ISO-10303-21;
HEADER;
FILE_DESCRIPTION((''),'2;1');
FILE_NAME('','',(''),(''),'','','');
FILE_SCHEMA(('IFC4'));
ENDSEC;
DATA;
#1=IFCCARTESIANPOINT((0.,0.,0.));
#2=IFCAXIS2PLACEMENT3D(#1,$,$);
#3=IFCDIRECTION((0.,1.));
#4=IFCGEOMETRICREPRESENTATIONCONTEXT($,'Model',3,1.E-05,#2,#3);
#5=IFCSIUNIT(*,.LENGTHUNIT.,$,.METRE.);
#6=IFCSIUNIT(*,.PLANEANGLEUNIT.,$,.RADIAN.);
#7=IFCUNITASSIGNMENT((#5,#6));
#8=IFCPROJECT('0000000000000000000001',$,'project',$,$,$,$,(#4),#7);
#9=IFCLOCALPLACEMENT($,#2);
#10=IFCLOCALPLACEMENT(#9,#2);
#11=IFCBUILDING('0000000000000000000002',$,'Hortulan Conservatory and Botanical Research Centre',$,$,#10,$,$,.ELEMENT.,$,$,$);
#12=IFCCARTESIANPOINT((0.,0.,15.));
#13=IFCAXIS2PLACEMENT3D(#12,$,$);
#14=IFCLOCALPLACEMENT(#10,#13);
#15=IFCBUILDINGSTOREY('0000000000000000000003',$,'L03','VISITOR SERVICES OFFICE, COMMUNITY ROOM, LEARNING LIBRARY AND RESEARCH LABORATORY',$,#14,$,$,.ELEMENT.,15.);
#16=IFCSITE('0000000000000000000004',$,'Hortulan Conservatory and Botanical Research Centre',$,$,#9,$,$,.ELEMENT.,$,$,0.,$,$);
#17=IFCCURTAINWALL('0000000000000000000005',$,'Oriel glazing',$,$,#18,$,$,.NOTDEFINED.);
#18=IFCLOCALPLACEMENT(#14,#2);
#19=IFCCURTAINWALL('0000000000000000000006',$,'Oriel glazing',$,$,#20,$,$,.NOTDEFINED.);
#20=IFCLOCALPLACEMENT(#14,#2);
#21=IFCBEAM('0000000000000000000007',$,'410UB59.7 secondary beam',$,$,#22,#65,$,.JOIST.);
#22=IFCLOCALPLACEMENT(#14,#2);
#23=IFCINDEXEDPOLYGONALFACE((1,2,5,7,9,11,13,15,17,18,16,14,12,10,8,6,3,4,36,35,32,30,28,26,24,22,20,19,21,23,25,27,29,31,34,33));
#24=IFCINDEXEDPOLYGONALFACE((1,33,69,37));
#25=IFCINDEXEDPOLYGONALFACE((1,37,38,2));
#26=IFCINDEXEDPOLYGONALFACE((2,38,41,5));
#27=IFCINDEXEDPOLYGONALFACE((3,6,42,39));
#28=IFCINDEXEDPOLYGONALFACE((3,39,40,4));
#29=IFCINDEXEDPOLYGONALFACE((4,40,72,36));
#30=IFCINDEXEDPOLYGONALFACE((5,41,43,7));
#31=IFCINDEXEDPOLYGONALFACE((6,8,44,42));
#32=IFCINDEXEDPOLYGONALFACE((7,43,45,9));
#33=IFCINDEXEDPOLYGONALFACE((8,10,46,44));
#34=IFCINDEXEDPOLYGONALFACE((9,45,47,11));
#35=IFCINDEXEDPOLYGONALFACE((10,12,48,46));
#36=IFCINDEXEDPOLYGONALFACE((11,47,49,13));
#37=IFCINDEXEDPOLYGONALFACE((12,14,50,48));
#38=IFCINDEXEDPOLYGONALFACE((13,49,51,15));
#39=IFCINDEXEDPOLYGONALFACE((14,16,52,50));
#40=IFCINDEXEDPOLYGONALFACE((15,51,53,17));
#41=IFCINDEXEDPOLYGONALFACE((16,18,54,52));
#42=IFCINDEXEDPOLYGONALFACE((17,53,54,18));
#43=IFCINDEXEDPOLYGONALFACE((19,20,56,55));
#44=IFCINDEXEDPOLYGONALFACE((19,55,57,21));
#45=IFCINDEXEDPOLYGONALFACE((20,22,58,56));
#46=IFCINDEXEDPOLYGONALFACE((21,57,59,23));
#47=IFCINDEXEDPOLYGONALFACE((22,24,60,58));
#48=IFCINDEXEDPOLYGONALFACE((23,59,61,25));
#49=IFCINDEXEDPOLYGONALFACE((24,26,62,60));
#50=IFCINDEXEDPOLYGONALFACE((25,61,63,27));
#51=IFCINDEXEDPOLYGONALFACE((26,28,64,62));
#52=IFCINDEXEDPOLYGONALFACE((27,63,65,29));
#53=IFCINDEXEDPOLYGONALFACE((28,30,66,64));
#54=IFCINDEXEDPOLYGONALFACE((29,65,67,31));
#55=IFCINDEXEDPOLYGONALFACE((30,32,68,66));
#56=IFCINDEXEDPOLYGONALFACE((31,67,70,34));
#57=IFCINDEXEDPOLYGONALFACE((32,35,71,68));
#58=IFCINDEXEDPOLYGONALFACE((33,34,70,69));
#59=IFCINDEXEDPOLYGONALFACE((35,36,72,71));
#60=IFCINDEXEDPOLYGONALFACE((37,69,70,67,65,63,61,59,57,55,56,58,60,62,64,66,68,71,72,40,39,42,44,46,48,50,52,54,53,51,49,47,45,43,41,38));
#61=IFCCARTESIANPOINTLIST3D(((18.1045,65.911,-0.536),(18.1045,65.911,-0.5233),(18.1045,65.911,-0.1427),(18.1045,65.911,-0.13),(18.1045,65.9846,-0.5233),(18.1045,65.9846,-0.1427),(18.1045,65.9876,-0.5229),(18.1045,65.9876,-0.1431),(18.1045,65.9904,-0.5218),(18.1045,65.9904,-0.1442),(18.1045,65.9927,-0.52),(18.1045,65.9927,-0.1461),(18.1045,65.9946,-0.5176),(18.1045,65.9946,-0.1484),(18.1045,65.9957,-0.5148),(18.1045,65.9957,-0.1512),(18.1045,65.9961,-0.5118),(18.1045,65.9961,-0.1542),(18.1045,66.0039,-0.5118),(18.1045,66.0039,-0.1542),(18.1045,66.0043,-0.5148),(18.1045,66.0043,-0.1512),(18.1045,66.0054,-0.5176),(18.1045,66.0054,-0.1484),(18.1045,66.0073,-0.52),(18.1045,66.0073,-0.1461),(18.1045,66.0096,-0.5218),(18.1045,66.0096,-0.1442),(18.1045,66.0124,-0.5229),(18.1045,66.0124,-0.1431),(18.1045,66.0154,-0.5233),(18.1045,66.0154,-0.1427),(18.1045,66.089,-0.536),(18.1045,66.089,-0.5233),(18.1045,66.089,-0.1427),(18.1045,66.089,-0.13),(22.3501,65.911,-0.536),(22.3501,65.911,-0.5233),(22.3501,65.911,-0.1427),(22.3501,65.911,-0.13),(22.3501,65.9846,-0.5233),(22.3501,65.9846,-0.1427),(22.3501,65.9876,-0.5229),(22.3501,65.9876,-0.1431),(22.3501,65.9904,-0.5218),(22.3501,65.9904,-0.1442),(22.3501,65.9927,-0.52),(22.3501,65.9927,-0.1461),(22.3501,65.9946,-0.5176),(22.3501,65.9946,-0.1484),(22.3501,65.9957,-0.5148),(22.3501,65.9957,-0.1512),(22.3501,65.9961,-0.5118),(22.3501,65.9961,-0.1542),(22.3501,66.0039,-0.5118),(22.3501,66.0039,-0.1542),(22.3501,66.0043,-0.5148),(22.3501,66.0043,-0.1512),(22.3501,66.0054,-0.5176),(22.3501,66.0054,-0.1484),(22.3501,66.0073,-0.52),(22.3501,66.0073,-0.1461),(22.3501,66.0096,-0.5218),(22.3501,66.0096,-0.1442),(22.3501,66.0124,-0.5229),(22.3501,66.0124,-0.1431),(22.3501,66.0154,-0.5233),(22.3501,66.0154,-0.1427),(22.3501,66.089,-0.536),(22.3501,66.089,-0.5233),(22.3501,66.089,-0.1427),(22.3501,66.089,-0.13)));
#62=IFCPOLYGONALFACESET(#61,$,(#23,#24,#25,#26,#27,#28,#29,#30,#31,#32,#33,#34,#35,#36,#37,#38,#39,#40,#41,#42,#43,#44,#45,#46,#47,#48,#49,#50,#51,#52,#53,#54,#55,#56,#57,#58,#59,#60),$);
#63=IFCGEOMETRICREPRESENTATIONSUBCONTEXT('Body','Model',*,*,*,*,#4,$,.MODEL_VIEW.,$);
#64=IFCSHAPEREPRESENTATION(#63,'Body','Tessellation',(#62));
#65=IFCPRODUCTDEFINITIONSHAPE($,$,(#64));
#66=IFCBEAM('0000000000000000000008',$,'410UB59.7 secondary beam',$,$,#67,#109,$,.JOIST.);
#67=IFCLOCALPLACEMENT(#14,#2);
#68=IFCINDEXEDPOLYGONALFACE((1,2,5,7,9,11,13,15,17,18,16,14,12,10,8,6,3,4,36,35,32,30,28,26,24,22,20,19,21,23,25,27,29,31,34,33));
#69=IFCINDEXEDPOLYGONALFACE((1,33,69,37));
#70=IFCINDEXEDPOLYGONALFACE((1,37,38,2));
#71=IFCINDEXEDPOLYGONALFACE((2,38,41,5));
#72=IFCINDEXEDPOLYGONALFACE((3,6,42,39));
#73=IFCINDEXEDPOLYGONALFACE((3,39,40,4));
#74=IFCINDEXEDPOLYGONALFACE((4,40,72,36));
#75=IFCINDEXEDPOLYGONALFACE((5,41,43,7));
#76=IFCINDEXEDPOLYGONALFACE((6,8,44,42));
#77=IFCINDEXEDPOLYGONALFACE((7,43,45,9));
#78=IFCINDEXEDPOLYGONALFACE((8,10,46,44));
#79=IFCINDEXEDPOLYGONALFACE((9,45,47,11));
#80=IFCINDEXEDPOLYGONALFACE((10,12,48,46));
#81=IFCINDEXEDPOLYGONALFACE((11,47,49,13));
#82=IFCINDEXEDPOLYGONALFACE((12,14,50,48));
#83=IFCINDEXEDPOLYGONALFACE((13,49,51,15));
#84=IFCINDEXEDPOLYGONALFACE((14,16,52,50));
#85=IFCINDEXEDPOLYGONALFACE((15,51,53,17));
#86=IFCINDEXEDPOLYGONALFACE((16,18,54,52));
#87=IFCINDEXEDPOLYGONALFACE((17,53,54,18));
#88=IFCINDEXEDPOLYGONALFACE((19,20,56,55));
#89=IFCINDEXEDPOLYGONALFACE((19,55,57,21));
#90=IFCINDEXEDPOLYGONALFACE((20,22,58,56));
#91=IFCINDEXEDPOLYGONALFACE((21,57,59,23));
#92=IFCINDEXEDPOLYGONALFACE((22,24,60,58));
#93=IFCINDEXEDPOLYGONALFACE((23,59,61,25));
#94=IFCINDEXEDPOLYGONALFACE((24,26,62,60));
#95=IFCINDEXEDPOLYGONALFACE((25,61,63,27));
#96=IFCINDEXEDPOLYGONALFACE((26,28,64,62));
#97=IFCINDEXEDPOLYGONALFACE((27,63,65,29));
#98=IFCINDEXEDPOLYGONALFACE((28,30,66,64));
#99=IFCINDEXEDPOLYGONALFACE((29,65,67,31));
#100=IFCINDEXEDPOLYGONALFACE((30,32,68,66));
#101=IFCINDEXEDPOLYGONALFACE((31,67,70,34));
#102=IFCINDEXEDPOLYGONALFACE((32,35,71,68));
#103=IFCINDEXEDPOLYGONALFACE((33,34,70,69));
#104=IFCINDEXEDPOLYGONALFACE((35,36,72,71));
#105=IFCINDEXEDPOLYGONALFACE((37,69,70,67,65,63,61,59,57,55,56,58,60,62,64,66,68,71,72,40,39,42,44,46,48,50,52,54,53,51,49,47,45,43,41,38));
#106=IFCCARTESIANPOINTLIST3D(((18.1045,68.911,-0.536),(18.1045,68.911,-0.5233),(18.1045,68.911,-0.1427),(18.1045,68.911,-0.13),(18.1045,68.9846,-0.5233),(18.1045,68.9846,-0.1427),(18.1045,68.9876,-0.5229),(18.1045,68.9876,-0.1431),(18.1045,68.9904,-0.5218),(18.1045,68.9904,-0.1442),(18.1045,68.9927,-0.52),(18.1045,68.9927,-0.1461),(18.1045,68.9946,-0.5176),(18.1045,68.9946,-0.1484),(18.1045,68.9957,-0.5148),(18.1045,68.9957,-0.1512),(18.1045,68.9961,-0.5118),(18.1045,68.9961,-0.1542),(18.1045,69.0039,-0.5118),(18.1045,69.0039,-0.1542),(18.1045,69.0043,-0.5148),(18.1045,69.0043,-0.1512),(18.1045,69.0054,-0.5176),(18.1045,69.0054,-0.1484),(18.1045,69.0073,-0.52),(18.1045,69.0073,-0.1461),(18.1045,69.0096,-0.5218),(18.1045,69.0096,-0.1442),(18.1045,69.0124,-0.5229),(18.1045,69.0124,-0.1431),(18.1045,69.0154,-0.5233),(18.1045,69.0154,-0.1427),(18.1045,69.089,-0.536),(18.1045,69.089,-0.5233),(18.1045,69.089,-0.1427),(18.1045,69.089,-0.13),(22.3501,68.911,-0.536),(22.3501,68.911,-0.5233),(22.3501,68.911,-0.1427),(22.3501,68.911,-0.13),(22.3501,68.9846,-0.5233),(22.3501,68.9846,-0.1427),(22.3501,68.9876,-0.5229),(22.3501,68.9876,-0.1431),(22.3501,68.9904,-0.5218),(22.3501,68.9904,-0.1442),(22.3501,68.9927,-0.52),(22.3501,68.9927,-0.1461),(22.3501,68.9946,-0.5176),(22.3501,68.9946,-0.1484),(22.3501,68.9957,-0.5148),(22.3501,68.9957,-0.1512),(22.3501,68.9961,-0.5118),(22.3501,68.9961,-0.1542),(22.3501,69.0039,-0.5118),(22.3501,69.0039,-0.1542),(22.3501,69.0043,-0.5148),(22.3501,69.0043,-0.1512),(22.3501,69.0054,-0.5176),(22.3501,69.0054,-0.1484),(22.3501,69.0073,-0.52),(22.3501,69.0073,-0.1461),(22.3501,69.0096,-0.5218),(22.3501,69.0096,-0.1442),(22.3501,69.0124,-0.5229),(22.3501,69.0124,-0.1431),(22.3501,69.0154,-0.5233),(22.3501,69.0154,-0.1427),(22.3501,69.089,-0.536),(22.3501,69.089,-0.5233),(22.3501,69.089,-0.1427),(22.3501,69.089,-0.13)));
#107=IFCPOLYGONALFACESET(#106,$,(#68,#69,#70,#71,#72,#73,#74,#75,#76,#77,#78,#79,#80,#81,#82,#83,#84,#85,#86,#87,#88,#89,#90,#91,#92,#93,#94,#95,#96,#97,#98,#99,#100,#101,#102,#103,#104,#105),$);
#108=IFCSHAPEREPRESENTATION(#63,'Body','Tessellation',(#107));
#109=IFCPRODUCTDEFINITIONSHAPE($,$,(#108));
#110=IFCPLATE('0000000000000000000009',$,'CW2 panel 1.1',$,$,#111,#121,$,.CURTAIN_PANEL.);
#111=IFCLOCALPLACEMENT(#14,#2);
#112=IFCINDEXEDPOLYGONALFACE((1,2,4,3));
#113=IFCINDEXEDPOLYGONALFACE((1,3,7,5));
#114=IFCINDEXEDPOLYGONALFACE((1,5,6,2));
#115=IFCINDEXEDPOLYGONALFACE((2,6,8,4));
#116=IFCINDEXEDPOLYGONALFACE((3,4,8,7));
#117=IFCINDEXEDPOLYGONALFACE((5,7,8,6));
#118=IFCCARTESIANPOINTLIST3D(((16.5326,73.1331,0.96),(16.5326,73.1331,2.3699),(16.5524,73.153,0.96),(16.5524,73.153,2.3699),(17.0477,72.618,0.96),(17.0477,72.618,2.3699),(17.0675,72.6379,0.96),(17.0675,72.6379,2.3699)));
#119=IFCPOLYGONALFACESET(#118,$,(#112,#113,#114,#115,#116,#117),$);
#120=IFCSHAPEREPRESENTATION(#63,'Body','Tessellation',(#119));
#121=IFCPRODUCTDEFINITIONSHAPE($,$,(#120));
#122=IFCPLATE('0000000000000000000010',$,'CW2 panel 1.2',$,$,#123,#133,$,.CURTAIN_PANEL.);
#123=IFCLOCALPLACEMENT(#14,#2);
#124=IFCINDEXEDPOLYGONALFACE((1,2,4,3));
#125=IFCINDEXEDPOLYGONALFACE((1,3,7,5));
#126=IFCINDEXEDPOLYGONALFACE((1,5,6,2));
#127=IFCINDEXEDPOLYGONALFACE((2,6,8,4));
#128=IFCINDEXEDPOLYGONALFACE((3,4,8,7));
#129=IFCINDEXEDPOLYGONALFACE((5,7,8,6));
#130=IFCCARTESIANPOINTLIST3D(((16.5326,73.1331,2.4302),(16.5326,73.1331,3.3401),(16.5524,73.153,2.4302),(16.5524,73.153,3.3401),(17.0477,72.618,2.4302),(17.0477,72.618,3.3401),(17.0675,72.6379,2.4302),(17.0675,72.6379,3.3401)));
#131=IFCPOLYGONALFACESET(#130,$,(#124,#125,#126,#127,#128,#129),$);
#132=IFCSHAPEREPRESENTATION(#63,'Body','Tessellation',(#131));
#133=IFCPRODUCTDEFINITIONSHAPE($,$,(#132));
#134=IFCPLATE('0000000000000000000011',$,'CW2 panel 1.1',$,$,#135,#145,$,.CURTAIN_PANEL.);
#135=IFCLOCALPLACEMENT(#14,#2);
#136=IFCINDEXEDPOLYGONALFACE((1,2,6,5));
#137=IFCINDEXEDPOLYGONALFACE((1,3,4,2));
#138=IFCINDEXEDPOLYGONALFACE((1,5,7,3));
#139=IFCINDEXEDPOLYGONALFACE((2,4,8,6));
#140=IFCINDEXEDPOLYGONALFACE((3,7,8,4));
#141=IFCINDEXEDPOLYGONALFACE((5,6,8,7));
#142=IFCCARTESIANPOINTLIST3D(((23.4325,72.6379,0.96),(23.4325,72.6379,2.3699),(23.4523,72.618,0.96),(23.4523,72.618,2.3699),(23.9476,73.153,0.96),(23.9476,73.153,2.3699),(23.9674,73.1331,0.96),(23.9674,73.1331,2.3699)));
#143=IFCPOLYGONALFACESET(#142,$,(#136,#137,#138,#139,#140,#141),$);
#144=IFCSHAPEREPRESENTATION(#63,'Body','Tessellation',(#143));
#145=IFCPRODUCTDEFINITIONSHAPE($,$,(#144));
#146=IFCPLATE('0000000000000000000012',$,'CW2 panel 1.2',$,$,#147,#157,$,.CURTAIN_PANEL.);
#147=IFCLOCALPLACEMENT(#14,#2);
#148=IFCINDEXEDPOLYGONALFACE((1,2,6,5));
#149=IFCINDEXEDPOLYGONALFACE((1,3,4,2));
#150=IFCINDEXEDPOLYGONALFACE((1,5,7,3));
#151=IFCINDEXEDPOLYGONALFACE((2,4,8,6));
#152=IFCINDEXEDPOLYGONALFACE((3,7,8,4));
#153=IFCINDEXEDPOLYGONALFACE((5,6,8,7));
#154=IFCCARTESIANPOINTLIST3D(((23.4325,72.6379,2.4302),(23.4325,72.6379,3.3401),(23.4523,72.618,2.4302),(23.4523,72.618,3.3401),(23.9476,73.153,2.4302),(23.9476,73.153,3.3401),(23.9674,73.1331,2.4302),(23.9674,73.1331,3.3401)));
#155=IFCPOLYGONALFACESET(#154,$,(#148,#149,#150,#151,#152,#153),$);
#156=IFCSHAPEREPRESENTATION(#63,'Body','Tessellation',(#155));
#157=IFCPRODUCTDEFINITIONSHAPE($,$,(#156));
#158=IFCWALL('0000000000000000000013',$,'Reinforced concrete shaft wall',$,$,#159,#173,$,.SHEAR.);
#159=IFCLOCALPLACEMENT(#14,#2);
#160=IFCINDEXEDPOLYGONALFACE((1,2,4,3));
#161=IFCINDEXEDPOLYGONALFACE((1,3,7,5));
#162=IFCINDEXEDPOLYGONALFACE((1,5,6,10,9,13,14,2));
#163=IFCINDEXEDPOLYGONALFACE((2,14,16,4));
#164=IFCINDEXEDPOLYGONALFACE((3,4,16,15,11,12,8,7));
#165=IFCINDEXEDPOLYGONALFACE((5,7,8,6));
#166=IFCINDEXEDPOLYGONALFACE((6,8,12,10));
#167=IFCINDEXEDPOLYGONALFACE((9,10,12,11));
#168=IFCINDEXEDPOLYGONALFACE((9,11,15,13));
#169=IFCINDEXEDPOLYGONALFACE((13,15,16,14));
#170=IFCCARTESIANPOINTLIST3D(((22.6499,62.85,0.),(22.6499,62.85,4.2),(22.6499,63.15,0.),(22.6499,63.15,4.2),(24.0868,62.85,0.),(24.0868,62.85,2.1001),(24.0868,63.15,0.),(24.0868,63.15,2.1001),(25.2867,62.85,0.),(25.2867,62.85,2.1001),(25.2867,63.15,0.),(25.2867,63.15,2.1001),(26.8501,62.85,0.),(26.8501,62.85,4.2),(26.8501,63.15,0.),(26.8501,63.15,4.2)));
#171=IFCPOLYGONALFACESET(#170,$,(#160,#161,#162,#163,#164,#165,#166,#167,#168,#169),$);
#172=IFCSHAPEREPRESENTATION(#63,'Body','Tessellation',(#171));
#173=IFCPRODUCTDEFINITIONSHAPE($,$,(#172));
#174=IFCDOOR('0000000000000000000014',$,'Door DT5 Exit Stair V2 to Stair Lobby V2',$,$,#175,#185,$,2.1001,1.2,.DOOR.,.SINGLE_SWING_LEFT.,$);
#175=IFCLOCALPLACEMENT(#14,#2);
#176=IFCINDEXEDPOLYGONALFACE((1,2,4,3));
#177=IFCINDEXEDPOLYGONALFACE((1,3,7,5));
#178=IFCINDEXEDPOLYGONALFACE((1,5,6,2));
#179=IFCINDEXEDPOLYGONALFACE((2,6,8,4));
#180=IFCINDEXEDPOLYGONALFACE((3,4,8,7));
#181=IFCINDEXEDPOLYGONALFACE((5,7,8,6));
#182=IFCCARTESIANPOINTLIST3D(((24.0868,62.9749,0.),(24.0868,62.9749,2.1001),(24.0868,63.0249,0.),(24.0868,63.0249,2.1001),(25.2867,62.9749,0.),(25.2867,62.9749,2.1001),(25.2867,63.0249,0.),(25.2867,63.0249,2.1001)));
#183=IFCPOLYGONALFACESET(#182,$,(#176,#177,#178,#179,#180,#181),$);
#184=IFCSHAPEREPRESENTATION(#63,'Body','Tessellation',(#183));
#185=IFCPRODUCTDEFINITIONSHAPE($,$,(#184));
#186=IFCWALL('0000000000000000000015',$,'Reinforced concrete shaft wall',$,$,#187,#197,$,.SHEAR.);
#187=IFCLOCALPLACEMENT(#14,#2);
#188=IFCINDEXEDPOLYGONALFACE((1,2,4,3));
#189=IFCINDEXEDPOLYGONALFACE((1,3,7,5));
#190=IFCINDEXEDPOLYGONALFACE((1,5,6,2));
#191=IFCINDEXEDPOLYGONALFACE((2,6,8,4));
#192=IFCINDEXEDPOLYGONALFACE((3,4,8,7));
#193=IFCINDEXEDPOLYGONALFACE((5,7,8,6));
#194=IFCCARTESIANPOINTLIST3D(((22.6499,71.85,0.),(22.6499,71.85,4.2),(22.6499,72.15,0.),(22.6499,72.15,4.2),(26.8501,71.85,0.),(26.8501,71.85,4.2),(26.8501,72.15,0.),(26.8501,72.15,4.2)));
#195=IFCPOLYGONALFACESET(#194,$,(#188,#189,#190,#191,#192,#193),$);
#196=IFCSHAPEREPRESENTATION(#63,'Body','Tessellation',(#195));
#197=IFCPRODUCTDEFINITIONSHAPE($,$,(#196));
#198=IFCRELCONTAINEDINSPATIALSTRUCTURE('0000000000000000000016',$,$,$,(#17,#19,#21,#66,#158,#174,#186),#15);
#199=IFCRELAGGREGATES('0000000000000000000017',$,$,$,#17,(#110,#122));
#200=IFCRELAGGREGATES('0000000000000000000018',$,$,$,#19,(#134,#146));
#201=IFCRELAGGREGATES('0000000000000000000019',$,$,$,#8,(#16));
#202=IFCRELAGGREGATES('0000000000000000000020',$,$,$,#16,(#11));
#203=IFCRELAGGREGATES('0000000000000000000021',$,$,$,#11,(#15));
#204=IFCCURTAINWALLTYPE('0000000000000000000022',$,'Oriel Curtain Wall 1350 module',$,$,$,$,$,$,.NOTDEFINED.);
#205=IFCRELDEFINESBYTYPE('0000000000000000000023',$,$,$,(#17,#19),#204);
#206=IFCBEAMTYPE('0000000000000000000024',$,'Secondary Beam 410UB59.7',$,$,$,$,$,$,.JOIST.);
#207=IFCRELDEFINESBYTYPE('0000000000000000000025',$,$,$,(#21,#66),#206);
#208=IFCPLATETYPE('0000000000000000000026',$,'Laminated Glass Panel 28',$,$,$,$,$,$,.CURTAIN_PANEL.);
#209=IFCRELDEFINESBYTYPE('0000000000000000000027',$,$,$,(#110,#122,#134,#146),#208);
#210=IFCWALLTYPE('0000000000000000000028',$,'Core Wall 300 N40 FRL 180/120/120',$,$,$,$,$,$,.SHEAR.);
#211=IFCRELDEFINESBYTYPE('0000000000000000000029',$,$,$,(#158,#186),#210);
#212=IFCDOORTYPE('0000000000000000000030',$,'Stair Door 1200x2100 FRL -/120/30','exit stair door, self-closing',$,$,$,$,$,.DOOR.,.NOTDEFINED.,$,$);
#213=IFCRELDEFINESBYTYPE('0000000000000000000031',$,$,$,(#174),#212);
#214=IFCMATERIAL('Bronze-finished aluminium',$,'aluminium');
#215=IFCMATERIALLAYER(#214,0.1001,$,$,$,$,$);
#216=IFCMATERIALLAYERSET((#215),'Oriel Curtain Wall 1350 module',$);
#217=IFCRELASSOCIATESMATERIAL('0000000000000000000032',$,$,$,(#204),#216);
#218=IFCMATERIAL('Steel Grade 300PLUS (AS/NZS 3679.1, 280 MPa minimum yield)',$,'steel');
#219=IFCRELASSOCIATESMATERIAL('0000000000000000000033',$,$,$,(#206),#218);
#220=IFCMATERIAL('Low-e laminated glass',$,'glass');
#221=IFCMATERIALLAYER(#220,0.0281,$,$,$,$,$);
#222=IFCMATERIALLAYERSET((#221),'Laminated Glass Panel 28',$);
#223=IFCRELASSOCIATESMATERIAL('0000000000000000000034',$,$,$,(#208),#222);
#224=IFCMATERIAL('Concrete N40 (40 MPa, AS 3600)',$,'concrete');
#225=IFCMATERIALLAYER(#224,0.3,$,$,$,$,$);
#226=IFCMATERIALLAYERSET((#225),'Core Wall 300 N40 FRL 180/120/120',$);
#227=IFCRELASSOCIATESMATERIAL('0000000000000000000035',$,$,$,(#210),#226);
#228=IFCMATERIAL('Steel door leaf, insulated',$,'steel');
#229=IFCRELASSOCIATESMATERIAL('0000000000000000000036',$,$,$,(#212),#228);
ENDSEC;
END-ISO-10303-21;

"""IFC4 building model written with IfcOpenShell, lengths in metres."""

from ifc_helpers import new_model, si_unit, direction, frame, frame_2d, origin, origin_2d, place, context, subcontext, project, spatial, rectangle, i_section, extrude, material, layer, layer_set, material_profile, profile_set, type_object, element, fill, aggregate, save


model = new_model("IFC4")

# Units and contexts
model_context = context("Model", 3, precision=1e-05, world=origin(), true_north=direction((0.0, 1.0)))
body_context = subcontext(model_context, "Body", "Model", "MODEL_VIEW")
ifc_project = project(units=[si_unit("LENGTHUNIT", "METRE"), si_unit("PLANEANGLEUNIT", "RADIAN")], contexts=[model_context])

# Site, building, storey
site_placement = place(None, origin())
site = spatial("IfcSite", under=ifc_project, at=site_placement, Name="Hortulan Conservatory and Botanical Research Centre", CompositionType="ELEMENT", RefElevation=0.0)
building_placement = place(site_placement, origin())
building = spatial("IfcBuilding", under=site, at=building_placement, Name="Hortulan Conservatory and Botanical Research Centre", CompositionType="ELEMENT")
storey_placement = place(building_placement, frame((0.0, 0.0, 15.0)))
storey = spatial("IfcBuildingStorey", under=building, at=storey_placement, Name="L03", Description="VISITOR SERVICES OFFICE, COMMUNITY ROOM, LEARNING LIBRARY AND RESEARCH LABORATORY", CompositionType="ELEMENT", Elevation=15.0)

# Shared definitions
ifc_material_1 = material(Name="Steel Grade 300PLUS (AS/NZS 3679.1, 280 MPa minimum yield)", Category="steel")

# Curtain wall
ifc_material_2 = material(Name="Bronze-finished aluminium", Category="aluminium")
ifc_layer_1 = layer(ifc_material_2, 0.1001)
ifc_layer_set_1 = layer_set([ifc_layer_1], Name="Oriel Curtain Wall 1350 module")
curtain_wall_type = type_object("IfcCurtainWallType", Name="Oriel Curtain Wall 1350 module", PredefinedType="NOTDEFINED", material=ifc_layer_set_1)
curtain_wall_1_placement = place(storey_placement, origin())
curtain_wall_1 = element("IfcCurtainWall", 1, at=curtain_wall_1_placement, inside=storey, type_object=curtain_wall_type, Name="Oriel glazing", PredefinedType="NOTDEFINED")

# Curtain wall
curtain_wall_2_placement = place(storey_placement, origin())
curtain_wall_2 = element("IfcCurtainWall", 2, at=curtain_wall_2_placement, inside=storey, type_object=curtain_wall_type, Name="Oriel glazing", PredefinedType="NOTDEFINED")

# Beams
ifc_material_profile_1 = material_profile(ifc_material_1, i_section(OverallWidth=0.178, OverallDepth=0.406, WebThickness=0.0078, FlangeThickness=0.0127, FilletRadius=0.0115, at=origin_2d()), Name="410UB59.7")
ifc_profile_set_1 = profile_set([ifc_material_profile_1], Name="Steel Grade 300PLUS (AS/NZS 3679.1, 280 MPa minimum yield)")
beam_type_1 = type_object("IfcBeamType", Name="Secondary Beam 410UB59.7", PredefinedType="JOIST", material=ifc_profile_set_1)
for number, where, z_axis, x_axis, name in (
    (3, (18.1045, 66.0, -0.333), (1.0, 0.0, 0.0), (0.0, 1.0, 0.0), "410UB59.7 secondary beam"),
    (4, (18.1045, 69.0, -0.333), (1.0, 0.0, 0.0), (0.0, 1.0, 0.0), "410UB59.7 secondary beam"),
):
    element("IfcBeam", number, at=place(storey_placement, frame(where, z_axis=z_axis, x_axis=x_axis)), inside=storey, type_object=beam_type_1, Name=name, PredefinedType="JOIST", context=body_context, shape_type="SweptSolid", body=[
        extrude(i_section(OverallWidth=0.178, OverallDepth=0.406, WebThickness=0.0078, FlangeThickness=0.0127, FilletRadius=0.0115, at=origin_2d()), origin(), (0.0, 0.0, 1.0), 4.2456),
    ])

# Plates
ifc_material_3 = material(Name="Low-e laminated glass", Category="glass")
ifc_layer_2 = layer(ifc_material_3, 0.0281)
ifc_layer_set_2 = layer_set([ifc_layer_2], Name="Laminated Glass Panel 28")
plate_type = type_object("IfcPlateType", Name="Laminated Glass Panel 28", PredefinedType="CURTAIN_PANEL", material=ifc_layer_set_2)
plate_1_placement = place(storey_placement, frame((16.8, 72.8855, 0.96), z_axis=(0.0, 0.0, 1.0), x_axis=(0.707107, -0.707107, 0.0)))
plate_1 = element("IfcPlate", 5, at=plate_1_placement, type_object=plate_type, Name="CW2 panel 1.1", PredefinedType="CURTAIN_PANEL", context=body_context, shape_type="SweptSolid", body=[
    extrude(rectangle(XDim=0.7285, YDim=0.0281, at=origin_2d()), origin(), (0.0, 0.0, 1.0), 1.4099),
])
plate_2_placement = place(storey_placement, frame((16.8, 72.8855, 2.4302), z_axis=(0.0, 0.0, 1.0), x_axis=(0.707107, -0.707107, 0.0)))
plate_2 = element("IfcPlate", 6, at=plate_2_placement, type_object=plate_type, Name="CW2 panel 1.2", PredefinedType="CURTAIN_PANEL", context=body_context, shape_type="SweptSolid", body=[
    extrude(rectangle(XDim=0.7285, YDim=0.0281, at=origin_2d()), origin(), (0.0, 0.0, 1.0), 0.9099),
])
aggregate(curtain_wall_1, [plate_1, plate_2])
plate_3_placement = place(storey_placement, frame((23.7, 72.8855, 0.96), z_axis=(0.0, 0.0, 1.0), x_axis=(0.707107, 0.707107, 0.0)))
plate_3 = element("IfcPlate", 7, at=plate_3_placement, type_object=plate_type, Name="CW2 panel 1.1", PredefinedType="CURTAIN_PANEL", context=body_context, shape_type="SweptSolid", body=[
    extrude(rectangle(XDim=0.7285, YDim=0.0281, at=origin_2d()), origin(), (0.0, 0.0, 1.0), 1.4099),
])
plate_4_placement = place(storey_placement, frame((23.7, 72.8855, 2.4302), z_axis=(0.0, 0.0, 1.0), x_axis=(0.707107, 0.707107, 0.0)))
plate_4 = element("IfcPlate", 8, at=plate_4_placement, type_object=plate_type, Name="CW2 panel 1.2", PredefinedType="CURTAIN_PANEL", context=body_context, shape_type="SweptSolid", body=[
    extrude(rectangle(XDim=0.7285, YDim=0.0281, at=origin_2d()), origin(), (0.0, 0.0, 1.0), 0.9099),
])
aggregate(curtain_wall_2, [plate_3, plate_4])

# Wall, opening, door
ifc_material_4 = material(Name="Concrete N40 (40 MPa, AS 3600)", Category="concrete")
ifc_layer_3 = layer(ifc_material_4, 0.3)
ifc_layer_set_3 = layer_set([ifc_layer_3], Name="Core Wall 300 N40 FRL 180/120/120")
wall_type_1 = type_object("IfcWallType", Name="Core Wall 300 N40 FRL 180/120/120", PredefinedType="SHEAR", material=ifc_layer_set_3)
wall_1_placement = place(storey_placement, frame((22.6499, 63.0, 0.0), z_axis=(0.0, 0.0, 1.0), x_axis=(1.0, 0.0, 0.0)))
wall_1 = element("IfcWall", 9, at=wall_1_placement, inside=storey, type_object=wall_type_1, Name="Reinforced concrete shaft wall", PredefinedType="SHEAR", context=body_context, shape_type="SweptSolid", body=[
    extrude(rectangle(XDim=4.2002, YDim=0.3, at=frame_2d((2.1001, 0.0))), origin(), (0.0, 0.0, 1.0), 4.2),
])
opening_placement = place(wall_1_placement, frame((1.4368, 0.0, 0.0)))
opening = element("IfcOpeningElement", 10, at=opening_placement, cuts=wall_1, PredefinedType="OPENING", context=body_context, shape_type="SweptSolid", body=[
    extrude(rectangle(XDim=1.2, YDim=2.1001, at=frame_2d((0.6001, 1.05))), frame((0.0, 0.1599, 0.0), z_axis=(0.0, -1.0, 0.0), x_axis=(1.0, 0.0, 0.0)), (0.0, 0.0, 1.0), 0.3201),
])
ifc_material_5 = material(Name="Steel door leaf, insulated", Category="steel")
door_type = type_object("IfcDoorType", Name="Stair Door 1200x2100 FRL -/120/30", Description="exit stair door, self-closing", OperationType="NOTDEFINED", PredefinedType="DOOR", material=ifc_material_5)
door_placement = place(opening_placement, origin())
door = element("IfcDoor", 11, at=door_placement, inside=storey, type_object=door_type, Name="Door DT5 Exit Stair V2 to Stair Lobby V2", OperationType="SINGLE_SWING_LEFT", OverallHeight=2.1001, OverallWidth=1.2, PredefinedType="DOOR", context=body_context, shape_type="SweptSolid", body=[
    extrude(rectangle(XDim=1.2, YDim=2.1001, at=frame_2d((0.6001, 1.05))), frame((0.0, 0.0249, 0.0), z_axis=(0.0, -1.0, 0.0), x_axis=(1.0, 0.0, 0.0)), (0.0, 0.0, 1.0), 0.05),
])
fill(opening, door)

# Wall
wall_2_placement = place(storey_placement, frame((22.6499, 72.0, 0.0), z_axis=(0.0, 0.0, 1.0), x_axis=(1.0, 0.0, 0.0)))
element("IfcWall", 12, at=wall_2_placement, inside=storey, type_object=wall_type_1, Name="Reinforced concrete shaft wall", PredefinedType="SHEAR", context=body_context, shape_type="SweptSolid", body=[
    extrude(rectangle(XDim=4.2002, YDim=0.3, at=frame_2d((2.1001, 0.0))), origin(), (0.0, 0.0, 1.0), 4.2),
])

save(model, "model.ifc")
